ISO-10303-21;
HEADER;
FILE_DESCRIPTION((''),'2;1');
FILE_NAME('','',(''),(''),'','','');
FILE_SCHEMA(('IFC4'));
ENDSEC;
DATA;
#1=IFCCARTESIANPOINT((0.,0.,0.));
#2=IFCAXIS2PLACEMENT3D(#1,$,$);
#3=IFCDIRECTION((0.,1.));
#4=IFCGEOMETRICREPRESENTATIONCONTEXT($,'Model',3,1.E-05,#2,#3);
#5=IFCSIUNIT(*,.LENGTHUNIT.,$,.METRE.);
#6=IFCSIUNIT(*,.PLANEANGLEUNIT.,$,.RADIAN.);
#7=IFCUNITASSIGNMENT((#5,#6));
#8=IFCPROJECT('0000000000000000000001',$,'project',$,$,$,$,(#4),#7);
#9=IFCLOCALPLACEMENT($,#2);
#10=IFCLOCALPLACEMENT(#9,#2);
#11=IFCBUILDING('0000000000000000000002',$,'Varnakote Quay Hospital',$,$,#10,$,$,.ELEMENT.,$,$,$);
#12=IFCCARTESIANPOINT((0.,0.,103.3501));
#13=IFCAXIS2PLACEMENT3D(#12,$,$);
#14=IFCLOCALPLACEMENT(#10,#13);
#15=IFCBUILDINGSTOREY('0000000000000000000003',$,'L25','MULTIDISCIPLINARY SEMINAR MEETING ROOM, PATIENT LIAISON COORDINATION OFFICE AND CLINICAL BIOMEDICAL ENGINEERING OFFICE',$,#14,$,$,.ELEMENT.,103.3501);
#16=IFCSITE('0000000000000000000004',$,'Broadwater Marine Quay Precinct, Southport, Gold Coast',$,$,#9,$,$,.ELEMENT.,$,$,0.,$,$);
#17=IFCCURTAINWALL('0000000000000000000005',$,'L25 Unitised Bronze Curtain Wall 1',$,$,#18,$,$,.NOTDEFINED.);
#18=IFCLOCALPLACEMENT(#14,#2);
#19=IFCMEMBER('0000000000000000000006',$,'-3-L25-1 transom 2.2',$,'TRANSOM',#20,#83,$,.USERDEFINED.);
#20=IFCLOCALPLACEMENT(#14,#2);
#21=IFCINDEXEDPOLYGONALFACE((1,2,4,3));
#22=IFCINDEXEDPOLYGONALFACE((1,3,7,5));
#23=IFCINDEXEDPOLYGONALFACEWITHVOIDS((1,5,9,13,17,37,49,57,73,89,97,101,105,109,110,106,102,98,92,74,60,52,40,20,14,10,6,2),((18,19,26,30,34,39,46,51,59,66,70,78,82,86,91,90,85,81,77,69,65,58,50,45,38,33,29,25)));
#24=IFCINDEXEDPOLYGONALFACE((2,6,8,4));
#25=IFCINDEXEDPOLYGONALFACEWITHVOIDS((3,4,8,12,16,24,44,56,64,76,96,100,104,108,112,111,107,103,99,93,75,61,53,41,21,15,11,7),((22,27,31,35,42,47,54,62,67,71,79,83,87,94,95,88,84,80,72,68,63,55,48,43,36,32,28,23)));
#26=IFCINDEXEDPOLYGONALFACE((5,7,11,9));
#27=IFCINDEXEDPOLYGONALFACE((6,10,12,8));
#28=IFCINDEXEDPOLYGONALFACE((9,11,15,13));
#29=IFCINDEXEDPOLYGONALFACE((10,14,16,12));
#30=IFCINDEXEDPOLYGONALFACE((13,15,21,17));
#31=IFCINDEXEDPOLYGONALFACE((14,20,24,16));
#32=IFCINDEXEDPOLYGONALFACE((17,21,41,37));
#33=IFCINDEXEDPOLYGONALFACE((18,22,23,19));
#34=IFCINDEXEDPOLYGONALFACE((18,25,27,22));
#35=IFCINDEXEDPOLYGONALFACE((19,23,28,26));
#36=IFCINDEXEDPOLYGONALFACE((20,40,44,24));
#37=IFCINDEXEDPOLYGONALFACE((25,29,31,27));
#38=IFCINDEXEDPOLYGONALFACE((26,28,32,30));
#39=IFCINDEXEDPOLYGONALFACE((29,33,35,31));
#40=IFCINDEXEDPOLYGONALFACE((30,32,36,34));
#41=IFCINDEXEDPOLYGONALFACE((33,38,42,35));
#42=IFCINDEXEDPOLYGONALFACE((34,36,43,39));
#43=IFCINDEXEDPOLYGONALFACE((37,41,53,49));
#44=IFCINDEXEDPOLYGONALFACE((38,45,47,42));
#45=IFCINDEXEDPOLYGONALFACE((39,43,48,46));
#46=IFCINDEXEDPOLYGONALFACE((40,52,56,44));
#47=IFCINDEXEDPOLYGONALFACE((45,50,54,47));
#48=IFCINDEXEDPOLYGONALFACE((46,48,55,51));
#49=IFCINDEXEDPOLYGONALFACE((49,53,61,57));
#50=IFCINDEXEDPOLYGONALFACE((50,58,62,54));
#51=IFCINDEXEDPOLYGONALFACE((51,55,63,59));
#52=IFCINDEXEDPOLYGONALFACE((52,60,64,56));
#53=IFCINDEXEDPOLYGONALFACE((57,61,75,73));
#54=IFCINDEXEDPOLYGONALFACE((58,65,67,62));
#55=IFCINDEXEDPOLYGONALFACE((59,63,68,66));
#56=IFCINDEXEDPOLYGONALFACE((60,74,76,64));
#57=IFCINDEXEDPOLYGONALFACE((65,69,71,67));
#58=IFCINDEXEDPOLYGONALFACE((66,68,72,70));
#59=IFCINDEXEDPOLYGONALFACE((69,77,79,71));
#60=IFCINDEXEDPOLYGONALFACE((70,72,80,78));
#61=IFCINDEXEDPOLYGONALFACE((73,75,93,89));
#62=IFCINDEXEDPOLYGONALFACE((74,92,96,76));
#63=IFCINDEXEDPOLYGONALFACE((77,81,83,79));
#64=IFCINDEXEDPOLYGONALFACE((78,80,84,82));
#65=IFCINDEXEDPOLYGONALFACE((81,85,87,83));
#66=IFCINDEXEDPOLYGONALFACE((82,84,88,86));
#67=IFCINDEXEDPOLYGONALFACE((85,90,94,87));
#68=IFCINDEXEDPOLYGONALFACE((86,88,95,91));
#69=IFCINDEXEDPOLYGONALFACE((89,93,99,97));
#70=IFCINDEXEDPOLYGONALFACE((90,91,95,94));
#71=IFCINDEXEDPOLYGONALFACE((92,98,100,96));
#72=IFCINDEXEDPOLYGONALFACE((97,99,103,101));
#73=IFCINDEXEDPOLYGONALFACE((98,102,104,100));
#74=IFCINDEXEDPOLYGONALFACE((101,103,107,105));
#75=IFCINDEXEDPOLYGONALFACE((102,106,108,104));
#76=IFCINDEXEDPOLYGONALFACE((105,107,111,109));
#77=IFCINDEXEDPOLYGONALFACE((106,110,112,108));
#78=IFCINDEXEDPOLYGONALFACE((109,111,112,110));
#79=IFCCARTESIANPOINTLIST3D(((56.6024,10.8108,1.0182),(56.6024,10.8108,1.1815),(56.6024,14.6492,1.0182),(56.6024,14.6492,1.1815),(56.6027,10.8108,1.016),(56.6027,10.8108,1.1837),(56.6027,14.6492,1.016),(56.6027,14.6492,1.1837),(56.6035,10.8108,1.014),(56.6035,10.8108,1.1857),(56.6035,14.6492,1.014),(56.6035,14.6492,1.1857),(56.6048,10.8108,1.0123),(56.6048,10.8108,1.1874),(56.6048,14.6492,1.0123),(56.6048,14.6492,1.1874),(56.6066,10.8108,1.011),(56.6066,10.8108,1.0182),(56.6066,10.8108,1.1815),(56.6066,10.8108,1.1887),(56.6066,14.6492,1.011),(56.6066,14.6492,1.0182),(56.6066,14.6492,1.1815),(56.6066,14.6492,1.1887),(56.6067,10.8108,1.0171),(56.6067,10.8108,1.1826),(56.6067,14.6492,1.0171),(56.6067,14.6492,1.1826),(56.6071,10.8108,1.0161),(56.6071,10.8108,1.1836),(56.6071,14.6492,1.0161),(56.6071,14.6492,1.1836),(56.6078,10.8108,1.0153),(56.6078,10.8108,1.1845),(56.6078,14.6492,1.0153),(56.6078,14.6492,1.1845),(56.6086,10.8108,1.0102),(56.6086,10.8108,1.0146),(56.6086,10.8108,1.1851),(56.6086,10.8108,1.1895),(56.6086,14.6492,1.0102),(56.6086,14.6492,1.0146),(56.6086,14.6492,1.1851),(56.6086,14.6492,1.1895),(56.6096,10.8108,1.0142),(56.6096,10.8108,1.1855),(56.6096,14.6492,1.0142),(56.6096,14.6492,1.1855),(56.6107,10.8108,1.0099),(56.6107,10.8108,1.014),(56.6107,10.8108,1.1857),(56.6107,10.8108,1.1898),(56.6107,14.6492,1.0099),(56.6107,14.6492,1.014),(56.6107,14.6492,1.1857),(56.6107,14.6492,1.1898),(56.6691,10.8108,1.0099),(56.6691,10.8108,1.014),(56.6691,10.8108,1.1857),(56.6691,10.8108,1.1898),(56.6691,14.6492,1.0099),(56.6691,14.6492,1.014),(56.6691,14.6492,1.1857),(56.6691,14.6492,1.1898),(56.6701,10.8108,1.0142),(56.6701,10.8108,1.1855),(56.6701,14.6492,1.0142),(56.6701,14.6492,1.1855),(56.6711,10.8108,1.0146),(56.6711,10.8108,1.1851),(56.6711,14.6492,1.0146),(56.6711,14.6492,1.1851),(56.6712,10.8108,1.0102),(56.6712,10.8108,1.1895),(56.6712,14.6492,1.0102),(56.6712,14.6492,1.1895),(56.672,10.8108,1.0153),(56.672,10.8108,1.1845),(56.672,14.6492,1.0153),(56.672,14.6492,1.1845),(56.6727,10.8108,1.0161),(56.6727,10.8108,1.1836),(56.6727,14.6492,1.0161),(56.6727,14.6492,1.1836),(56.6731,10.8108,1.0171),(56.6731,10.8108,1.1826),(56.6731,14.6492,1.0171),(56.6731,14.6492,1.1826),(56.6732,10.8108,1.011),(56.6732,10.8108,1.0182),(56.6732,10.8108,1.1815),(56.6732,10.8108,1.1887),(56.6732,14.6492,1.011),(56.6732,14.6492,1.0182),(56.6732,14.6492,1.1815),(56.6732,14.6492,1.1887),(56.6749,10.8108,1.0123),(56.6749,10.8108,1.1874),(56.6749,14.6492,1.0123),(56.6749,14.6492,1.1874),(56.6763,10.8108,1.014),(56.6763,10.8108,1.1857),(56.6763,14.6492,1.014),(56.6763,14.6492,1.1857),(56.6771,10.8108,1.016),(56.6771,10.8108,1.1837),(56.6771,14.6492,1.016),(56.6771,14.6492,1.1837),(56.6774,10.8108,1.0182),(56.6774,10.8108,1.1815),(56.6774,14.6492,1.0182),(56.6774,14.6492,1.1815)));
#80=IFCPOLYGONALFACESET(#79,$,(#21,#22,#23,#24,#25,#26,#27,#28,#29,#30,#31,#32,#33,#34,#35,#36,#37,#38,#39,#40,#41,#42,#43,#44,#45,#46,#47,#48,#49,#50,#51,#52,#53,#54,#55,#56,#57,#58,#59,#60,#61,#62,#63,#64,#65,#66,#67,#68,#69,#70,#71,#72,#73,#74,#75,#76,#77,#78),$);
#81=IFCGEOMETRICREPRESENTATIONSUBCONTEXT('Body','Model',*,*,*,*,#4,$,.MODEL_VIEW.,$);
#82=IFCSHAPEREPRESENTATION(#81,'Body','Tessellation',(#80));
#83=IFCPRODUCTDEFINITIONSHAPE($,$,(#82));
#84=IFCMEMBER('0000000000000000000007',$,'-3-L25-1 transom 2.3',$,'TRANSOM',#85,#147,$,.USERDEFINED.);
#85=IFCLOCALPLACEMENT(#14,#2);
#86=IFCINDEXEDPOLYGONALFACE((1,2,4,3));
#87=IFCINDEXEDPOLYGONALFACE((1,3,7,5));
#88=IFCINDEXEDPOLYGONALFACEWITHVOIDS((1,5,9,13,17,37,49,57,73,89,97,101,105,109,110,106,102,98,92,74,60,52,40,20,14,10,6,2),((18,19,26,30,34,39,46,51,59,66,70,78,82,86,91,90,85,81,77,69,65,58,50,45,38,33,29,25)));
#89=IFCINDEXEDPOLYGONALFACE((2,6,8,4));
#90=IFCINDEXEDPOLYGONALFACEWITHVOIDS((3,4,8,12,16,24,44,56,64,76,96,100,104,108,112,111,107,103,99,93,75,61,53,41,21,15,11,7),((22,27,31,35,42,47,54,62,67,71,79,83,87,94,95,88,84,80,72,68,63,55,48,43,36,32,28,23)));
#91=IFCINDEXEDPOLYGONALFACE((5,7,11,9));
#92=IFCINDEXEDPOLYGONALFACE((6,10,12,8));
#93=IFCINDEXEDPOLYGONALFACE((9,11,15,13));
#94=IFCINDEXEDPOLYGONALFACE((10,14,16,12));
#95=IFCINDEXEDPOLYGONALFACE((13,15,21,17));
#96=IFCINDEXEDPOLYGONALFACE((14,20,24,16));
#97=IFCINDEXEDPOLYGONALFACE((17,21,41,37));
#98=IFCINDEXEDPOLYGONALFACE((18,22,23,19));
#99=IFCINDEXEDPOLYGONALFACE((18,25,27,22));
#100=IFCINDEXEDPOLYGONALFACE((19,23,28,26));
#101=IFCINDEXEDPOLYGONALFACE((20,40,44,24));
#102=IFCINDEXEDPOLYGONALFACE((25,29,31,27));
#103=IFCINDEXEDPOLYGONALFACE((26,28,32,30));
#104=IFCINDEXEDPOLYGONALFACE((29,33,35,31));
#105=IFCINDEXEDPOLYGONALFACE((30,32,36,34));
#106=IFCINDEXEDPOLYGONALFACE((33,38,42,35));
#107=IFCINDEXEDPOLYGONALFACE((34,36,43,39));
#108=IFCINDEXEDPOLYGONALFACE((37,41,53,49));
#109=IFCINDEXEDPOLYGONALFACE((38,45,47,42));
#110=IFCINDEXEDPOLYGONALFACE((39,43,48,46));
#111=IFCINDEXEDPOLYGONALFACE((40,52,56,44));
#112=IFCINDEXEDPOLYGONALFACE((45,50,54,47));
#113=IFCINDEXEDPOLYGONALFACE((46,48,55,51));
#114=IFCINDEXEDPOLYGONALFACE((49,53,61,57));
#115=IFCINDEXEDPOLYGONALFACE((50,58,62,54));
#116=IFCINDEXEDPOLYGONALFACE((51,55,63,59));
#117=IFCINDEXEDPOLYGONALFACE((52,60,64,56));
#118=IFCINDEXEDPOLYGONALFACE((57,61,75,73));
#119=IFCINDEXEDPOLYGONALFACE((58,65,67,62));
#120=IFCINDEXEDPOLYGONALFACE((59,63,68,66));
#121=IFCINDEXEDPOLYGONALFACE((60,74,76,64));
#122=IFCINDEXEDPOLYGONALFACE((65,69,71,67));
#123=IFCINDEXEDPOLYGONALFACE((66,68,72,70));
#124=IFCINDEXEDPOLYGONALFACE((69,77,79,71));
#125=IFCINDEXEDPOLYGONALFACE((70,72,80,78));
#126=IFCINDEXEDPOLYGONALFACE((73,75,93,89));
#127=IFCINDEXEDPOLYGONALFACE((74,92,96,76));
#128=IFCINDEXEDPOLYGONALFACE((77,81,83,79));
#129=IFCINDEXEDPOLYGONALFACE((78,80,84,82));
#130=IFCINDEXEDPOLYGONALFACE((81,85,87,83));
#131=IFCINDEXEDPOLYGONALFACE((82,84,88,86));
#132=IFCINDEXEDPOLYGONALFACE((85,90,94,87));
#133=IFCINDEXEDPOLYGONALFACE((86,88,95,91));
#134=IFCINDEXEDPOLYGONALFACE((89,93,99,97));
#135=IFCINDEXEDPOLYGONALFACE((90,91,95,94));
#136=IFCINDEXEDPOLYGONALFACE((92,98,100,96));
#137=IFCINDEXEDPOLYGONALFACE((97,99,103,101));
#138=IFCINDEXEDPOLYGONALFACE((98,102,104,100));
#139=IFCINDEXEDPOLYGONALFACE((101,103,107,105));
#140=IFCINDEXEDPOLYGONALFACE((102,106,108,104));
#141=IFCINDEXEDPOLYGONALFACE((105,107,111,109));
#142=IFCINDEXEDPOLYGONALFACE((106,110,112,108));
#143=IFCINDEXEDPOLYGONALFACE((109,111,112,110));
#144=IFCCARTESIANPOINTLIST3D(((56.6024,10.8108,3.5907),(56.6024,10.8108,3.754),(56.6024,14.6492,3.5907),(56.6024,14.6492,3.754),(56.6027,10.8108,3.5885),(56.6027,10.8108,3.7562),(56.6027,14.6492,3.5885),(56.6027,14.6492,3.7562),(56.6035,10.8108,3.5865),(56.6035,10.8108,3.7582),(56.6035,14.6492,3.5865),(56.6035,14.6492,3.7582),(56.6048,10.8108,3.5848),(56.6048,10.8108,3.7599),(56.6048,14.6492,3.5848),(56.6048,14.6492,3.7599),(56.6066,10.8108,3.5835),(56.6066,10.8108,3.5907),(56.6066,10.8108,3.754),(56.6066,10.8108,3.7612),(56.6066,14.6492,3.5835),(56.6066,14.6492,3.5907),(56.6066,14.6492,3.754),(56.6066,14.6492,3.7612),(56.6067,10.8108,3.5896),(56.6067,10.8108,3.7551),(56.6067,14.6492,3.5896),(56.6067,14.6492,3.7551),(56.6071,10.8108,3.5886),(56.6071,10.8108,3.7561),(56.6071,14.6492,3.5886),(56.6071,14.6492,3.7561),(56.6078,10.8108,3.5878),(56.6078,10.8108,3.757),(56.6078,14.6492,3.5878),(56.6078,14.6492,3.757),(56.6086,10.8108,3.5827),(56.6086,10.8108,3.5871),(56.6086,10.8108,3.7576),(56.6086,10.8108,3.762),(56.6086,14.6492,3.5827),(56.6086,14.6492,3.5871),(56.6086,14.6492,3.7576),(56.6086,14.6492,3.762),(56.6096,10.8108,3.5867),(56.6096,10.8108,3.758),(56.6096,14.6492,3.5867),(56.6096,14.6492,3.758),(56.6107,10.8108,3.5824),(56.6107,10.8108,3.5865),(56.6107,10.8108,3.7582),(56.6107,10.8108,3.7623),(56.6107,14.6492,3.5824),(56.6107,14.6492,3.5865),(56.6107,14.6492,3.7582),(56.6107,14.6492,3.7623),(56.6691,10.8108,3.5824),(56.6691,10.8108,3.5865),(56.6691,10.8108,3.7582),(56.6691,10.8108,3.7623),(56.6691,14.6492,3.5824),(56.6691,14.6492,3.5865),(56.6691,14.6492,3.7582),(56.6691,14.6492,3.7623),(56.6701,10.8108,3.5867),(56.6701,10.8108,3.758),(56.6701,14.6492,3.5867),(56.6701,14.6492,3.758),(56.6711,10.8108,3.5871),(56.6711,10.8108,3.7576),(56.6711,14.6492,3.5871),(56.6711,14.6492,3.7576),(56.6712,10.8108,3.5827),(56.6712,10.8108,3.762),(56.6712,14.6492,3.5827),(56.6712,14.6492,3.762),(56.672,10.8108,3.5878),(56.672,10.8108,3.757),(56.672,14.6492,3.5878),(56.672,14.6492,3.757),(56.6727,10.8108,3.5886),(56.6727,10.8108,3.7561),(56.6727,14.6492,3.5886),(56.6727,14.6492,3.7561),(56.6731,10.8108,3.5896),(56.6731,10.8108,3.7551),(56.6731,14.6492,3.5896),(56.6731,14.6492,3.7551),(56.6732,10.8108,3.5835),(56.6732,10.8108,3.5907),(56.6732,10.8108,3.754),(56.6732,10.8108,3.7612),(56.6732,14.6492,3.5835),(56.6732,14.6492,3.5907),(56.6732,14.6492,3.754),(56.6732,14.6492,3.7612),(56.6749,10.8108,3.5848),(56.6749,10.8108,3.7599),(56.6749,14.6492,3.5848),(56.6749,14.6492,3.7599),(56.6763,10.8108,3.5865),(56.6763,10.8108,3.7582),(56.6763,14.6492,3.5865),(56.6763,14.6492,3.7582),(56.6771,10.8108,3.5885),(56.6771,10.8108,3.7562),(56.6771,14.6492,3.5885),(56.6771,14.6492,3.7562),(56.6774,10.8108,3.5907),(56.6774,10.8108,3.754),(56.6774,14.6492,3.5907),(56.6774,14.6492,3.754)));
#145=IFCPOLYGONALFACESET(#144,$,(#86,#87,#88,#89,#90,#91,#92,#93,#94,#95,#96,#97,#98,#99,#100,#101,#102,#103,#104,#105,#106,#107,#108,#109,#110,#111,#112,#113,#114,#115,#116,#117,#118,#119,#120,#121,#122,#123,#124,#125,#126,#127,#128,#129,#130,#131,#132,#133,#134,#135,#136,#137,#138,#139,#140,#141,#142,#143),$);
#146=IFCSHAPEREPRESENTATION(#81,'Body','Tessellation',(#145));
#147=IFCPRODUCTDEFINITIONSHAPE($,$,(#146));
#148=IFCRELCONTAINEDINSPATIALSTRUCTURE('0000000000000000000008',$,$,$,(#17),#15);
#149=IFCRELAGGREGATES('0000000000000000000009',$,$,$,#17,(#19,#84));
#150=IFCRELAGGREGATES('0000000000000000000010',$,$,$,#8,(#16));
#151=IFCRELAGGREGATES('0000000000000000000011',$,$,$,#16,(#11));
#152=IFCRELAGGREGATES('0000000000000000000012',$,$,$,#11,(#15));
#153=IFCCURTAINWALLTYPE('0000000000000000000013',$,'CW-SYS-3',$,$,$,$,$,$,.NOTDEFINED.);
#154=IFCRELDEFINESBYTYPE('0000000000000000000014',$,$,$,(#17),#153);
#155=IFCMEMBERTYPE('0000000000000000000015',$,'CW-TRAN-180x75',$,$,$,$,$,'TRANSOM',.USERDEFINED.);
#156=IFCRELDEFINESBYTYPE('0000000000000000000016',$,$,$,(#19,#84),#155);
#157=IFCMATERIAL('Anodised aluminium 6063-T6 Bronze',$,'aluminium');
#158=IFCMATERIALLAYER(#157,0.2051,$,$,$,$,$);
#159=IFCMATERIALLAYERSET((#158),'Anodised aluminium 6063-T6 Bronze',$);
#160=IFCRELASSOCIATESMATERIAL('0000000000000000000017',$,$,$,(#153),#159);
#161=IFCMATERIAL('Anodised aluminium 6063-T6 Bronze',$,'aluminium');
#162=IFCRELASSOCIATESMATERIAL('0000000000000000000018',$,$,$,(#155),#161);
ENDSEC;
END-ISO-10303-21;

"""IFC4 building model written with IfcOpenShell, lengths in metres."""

from ifc_helpers import new_model, si_unit, direction, frame, origin, origin_2d, place, context, subcontext, project, spatial, hollow_rectangle, extrude, material, layer, layer_set, material_profile, profile_set, type_object, element, aggregate, save


model = new_model("IFC4")

# Units and contexts
model_context = context("Model", 3, precision=1e-05, world=origin(), true_north=direction((0.0, 1.0)))
body_context = subcontext(model_context, "Body", "Model", "MODEL_VIEW")
ifc_project = project(units=[si_unit("LENGTHUNIT", "METRE"), si_unit("PLANEANGLEUNIT", "RADIAN")], contexts=[model_context])

# Site, building, storey
site_placement = place(None, origin())
site = spatial("IfcSite", under=ifc_project, at=site_placement, Name="Broadwater Marine Quay Precinct, Southport, Gold Coast", CompositionType="ELEMENT", RefElevation=0.0)
building_placement = place(site_placement, origin())
building = spatial("IfcBuilding", under=site, at=building_placement, Name="Varnakote Quay Hospital", CompositionType="ELEMENT")
storey_placement = place(building_placement, frame((0.0, 0.0, 103.3501)))
storey = spatial("IfcBuildingStorey", under=building, at=storey_placement, Name="L25", Description="MULTIDISCIPLINARY SEMINAR MEETING ROOM, PATIENT LIAISON COORDINATION OFFICE AND CLINICAL BIOMEDICAL ENGINEERING OFFICE", CompositionType="ELEMENT", Elevation=103.3501)

# Curtain wall, members
ifc_material_1 = material(Name="Anodised aluminium 6063-T6 Bronze", Category="aluminium")
ifc_layer_1 = layer(ifc_material_1, 0.2051)
ifc_layer_set_1 = layer_set([ifc_layer_1], Name="Anodised aluminium 6063-T6 Bronze")
curtain_wall_type = type_object("IfcCurtainWallType", Name="CW-SYS-3", PredefinedType="NOTDEFINED", material=ifc_layer_set_1)
curtain_wall_placement = place(storey_placement, origin())
curtain_wall = element("IfcCurtainWall", 1, at=curtain_wall_placement, inside=storey, type_object=curtain_wall_type, Name="L25 Unitised Bronze Curtain Wall 1", PredefinedType="NOTDEFINED")
ifc_material_2 = material(Name="Anodised aluminium 6063-T6 Bronze", Category="aluminium")
ifc_material_profile_1 = material_profile(ifc_material_2, hollow_rectangle(XDim=0.075, YDim=0.1799, WallThickness=0.0042, InnerFilletRadius=0.0042, OuterFilletRadius=0.0083, at=origin_2d()), Name="CW-TRAN-180x75")
ifc_profile_set_1 = profile_set([ifc_material_profile_1], Name="Anodised aluminium 6063-T6 Bronze")
member_type_1 = type_object("IfcMemberType", Name="CW-TRAN-180x75", ElementType="TRANSOM", PredefinedType="USERDEFINED", material=ifc_profile_set_1)
member_1_placement = place(storey_placement, frame((56.6399, 10.8108, 1.0999), z_axis=(0.0, 1.0, 0.0), x_axis=(-1.0, 0.0, 0.0)))
member_1 = element("IfcMember", 2, at=member_1_placement, type_object=member_type_1, Name="-3-L25-1 transom 2.2", ObjectType="TRANSOM", PredefinedType="USERDEFINED", context=body_context, shape_type="SweptSolid", body=[
    extrude(hollow_rectangle(XDim=0.075, YDim=0.1799, WallThickness=0.0042, InnerFilletRadius=0.0042, OuterFilletRadius=0.0083, at=origin_2d()), origin(), (0.0, 0.0, 1.0), 3.8384),
])
member_2_placement = place(storey_placement, frame((56.6399, 10.8108, 3.6724), z_axis=(0.0, 1.0, 0.0), x_axis=(-1.0, 0.0, 0.0)))
member_2 = element("IfcMember", 3, at=member_2_placement, type_object=member_type_1, Name="-3-L25-1 transom 2.3", ObjectType="TRANSOM", PredefinedType="USERDEFINED", context=body_context, shape_type="SweptSolid", body=[
    extrude(hollow_rectangle(XDim=0.075, YDim=0.1799, WallThickness=0.0042, InnerFilletRadius=0.0042, OuterFilletRadius=0.0083, at=origin_2d()), origin(), (0.0, 0.0, 1.0), 3.8384),
])
aggregate(curtain_wall, [member_1, member_2])

save(model, "model.ifc")
